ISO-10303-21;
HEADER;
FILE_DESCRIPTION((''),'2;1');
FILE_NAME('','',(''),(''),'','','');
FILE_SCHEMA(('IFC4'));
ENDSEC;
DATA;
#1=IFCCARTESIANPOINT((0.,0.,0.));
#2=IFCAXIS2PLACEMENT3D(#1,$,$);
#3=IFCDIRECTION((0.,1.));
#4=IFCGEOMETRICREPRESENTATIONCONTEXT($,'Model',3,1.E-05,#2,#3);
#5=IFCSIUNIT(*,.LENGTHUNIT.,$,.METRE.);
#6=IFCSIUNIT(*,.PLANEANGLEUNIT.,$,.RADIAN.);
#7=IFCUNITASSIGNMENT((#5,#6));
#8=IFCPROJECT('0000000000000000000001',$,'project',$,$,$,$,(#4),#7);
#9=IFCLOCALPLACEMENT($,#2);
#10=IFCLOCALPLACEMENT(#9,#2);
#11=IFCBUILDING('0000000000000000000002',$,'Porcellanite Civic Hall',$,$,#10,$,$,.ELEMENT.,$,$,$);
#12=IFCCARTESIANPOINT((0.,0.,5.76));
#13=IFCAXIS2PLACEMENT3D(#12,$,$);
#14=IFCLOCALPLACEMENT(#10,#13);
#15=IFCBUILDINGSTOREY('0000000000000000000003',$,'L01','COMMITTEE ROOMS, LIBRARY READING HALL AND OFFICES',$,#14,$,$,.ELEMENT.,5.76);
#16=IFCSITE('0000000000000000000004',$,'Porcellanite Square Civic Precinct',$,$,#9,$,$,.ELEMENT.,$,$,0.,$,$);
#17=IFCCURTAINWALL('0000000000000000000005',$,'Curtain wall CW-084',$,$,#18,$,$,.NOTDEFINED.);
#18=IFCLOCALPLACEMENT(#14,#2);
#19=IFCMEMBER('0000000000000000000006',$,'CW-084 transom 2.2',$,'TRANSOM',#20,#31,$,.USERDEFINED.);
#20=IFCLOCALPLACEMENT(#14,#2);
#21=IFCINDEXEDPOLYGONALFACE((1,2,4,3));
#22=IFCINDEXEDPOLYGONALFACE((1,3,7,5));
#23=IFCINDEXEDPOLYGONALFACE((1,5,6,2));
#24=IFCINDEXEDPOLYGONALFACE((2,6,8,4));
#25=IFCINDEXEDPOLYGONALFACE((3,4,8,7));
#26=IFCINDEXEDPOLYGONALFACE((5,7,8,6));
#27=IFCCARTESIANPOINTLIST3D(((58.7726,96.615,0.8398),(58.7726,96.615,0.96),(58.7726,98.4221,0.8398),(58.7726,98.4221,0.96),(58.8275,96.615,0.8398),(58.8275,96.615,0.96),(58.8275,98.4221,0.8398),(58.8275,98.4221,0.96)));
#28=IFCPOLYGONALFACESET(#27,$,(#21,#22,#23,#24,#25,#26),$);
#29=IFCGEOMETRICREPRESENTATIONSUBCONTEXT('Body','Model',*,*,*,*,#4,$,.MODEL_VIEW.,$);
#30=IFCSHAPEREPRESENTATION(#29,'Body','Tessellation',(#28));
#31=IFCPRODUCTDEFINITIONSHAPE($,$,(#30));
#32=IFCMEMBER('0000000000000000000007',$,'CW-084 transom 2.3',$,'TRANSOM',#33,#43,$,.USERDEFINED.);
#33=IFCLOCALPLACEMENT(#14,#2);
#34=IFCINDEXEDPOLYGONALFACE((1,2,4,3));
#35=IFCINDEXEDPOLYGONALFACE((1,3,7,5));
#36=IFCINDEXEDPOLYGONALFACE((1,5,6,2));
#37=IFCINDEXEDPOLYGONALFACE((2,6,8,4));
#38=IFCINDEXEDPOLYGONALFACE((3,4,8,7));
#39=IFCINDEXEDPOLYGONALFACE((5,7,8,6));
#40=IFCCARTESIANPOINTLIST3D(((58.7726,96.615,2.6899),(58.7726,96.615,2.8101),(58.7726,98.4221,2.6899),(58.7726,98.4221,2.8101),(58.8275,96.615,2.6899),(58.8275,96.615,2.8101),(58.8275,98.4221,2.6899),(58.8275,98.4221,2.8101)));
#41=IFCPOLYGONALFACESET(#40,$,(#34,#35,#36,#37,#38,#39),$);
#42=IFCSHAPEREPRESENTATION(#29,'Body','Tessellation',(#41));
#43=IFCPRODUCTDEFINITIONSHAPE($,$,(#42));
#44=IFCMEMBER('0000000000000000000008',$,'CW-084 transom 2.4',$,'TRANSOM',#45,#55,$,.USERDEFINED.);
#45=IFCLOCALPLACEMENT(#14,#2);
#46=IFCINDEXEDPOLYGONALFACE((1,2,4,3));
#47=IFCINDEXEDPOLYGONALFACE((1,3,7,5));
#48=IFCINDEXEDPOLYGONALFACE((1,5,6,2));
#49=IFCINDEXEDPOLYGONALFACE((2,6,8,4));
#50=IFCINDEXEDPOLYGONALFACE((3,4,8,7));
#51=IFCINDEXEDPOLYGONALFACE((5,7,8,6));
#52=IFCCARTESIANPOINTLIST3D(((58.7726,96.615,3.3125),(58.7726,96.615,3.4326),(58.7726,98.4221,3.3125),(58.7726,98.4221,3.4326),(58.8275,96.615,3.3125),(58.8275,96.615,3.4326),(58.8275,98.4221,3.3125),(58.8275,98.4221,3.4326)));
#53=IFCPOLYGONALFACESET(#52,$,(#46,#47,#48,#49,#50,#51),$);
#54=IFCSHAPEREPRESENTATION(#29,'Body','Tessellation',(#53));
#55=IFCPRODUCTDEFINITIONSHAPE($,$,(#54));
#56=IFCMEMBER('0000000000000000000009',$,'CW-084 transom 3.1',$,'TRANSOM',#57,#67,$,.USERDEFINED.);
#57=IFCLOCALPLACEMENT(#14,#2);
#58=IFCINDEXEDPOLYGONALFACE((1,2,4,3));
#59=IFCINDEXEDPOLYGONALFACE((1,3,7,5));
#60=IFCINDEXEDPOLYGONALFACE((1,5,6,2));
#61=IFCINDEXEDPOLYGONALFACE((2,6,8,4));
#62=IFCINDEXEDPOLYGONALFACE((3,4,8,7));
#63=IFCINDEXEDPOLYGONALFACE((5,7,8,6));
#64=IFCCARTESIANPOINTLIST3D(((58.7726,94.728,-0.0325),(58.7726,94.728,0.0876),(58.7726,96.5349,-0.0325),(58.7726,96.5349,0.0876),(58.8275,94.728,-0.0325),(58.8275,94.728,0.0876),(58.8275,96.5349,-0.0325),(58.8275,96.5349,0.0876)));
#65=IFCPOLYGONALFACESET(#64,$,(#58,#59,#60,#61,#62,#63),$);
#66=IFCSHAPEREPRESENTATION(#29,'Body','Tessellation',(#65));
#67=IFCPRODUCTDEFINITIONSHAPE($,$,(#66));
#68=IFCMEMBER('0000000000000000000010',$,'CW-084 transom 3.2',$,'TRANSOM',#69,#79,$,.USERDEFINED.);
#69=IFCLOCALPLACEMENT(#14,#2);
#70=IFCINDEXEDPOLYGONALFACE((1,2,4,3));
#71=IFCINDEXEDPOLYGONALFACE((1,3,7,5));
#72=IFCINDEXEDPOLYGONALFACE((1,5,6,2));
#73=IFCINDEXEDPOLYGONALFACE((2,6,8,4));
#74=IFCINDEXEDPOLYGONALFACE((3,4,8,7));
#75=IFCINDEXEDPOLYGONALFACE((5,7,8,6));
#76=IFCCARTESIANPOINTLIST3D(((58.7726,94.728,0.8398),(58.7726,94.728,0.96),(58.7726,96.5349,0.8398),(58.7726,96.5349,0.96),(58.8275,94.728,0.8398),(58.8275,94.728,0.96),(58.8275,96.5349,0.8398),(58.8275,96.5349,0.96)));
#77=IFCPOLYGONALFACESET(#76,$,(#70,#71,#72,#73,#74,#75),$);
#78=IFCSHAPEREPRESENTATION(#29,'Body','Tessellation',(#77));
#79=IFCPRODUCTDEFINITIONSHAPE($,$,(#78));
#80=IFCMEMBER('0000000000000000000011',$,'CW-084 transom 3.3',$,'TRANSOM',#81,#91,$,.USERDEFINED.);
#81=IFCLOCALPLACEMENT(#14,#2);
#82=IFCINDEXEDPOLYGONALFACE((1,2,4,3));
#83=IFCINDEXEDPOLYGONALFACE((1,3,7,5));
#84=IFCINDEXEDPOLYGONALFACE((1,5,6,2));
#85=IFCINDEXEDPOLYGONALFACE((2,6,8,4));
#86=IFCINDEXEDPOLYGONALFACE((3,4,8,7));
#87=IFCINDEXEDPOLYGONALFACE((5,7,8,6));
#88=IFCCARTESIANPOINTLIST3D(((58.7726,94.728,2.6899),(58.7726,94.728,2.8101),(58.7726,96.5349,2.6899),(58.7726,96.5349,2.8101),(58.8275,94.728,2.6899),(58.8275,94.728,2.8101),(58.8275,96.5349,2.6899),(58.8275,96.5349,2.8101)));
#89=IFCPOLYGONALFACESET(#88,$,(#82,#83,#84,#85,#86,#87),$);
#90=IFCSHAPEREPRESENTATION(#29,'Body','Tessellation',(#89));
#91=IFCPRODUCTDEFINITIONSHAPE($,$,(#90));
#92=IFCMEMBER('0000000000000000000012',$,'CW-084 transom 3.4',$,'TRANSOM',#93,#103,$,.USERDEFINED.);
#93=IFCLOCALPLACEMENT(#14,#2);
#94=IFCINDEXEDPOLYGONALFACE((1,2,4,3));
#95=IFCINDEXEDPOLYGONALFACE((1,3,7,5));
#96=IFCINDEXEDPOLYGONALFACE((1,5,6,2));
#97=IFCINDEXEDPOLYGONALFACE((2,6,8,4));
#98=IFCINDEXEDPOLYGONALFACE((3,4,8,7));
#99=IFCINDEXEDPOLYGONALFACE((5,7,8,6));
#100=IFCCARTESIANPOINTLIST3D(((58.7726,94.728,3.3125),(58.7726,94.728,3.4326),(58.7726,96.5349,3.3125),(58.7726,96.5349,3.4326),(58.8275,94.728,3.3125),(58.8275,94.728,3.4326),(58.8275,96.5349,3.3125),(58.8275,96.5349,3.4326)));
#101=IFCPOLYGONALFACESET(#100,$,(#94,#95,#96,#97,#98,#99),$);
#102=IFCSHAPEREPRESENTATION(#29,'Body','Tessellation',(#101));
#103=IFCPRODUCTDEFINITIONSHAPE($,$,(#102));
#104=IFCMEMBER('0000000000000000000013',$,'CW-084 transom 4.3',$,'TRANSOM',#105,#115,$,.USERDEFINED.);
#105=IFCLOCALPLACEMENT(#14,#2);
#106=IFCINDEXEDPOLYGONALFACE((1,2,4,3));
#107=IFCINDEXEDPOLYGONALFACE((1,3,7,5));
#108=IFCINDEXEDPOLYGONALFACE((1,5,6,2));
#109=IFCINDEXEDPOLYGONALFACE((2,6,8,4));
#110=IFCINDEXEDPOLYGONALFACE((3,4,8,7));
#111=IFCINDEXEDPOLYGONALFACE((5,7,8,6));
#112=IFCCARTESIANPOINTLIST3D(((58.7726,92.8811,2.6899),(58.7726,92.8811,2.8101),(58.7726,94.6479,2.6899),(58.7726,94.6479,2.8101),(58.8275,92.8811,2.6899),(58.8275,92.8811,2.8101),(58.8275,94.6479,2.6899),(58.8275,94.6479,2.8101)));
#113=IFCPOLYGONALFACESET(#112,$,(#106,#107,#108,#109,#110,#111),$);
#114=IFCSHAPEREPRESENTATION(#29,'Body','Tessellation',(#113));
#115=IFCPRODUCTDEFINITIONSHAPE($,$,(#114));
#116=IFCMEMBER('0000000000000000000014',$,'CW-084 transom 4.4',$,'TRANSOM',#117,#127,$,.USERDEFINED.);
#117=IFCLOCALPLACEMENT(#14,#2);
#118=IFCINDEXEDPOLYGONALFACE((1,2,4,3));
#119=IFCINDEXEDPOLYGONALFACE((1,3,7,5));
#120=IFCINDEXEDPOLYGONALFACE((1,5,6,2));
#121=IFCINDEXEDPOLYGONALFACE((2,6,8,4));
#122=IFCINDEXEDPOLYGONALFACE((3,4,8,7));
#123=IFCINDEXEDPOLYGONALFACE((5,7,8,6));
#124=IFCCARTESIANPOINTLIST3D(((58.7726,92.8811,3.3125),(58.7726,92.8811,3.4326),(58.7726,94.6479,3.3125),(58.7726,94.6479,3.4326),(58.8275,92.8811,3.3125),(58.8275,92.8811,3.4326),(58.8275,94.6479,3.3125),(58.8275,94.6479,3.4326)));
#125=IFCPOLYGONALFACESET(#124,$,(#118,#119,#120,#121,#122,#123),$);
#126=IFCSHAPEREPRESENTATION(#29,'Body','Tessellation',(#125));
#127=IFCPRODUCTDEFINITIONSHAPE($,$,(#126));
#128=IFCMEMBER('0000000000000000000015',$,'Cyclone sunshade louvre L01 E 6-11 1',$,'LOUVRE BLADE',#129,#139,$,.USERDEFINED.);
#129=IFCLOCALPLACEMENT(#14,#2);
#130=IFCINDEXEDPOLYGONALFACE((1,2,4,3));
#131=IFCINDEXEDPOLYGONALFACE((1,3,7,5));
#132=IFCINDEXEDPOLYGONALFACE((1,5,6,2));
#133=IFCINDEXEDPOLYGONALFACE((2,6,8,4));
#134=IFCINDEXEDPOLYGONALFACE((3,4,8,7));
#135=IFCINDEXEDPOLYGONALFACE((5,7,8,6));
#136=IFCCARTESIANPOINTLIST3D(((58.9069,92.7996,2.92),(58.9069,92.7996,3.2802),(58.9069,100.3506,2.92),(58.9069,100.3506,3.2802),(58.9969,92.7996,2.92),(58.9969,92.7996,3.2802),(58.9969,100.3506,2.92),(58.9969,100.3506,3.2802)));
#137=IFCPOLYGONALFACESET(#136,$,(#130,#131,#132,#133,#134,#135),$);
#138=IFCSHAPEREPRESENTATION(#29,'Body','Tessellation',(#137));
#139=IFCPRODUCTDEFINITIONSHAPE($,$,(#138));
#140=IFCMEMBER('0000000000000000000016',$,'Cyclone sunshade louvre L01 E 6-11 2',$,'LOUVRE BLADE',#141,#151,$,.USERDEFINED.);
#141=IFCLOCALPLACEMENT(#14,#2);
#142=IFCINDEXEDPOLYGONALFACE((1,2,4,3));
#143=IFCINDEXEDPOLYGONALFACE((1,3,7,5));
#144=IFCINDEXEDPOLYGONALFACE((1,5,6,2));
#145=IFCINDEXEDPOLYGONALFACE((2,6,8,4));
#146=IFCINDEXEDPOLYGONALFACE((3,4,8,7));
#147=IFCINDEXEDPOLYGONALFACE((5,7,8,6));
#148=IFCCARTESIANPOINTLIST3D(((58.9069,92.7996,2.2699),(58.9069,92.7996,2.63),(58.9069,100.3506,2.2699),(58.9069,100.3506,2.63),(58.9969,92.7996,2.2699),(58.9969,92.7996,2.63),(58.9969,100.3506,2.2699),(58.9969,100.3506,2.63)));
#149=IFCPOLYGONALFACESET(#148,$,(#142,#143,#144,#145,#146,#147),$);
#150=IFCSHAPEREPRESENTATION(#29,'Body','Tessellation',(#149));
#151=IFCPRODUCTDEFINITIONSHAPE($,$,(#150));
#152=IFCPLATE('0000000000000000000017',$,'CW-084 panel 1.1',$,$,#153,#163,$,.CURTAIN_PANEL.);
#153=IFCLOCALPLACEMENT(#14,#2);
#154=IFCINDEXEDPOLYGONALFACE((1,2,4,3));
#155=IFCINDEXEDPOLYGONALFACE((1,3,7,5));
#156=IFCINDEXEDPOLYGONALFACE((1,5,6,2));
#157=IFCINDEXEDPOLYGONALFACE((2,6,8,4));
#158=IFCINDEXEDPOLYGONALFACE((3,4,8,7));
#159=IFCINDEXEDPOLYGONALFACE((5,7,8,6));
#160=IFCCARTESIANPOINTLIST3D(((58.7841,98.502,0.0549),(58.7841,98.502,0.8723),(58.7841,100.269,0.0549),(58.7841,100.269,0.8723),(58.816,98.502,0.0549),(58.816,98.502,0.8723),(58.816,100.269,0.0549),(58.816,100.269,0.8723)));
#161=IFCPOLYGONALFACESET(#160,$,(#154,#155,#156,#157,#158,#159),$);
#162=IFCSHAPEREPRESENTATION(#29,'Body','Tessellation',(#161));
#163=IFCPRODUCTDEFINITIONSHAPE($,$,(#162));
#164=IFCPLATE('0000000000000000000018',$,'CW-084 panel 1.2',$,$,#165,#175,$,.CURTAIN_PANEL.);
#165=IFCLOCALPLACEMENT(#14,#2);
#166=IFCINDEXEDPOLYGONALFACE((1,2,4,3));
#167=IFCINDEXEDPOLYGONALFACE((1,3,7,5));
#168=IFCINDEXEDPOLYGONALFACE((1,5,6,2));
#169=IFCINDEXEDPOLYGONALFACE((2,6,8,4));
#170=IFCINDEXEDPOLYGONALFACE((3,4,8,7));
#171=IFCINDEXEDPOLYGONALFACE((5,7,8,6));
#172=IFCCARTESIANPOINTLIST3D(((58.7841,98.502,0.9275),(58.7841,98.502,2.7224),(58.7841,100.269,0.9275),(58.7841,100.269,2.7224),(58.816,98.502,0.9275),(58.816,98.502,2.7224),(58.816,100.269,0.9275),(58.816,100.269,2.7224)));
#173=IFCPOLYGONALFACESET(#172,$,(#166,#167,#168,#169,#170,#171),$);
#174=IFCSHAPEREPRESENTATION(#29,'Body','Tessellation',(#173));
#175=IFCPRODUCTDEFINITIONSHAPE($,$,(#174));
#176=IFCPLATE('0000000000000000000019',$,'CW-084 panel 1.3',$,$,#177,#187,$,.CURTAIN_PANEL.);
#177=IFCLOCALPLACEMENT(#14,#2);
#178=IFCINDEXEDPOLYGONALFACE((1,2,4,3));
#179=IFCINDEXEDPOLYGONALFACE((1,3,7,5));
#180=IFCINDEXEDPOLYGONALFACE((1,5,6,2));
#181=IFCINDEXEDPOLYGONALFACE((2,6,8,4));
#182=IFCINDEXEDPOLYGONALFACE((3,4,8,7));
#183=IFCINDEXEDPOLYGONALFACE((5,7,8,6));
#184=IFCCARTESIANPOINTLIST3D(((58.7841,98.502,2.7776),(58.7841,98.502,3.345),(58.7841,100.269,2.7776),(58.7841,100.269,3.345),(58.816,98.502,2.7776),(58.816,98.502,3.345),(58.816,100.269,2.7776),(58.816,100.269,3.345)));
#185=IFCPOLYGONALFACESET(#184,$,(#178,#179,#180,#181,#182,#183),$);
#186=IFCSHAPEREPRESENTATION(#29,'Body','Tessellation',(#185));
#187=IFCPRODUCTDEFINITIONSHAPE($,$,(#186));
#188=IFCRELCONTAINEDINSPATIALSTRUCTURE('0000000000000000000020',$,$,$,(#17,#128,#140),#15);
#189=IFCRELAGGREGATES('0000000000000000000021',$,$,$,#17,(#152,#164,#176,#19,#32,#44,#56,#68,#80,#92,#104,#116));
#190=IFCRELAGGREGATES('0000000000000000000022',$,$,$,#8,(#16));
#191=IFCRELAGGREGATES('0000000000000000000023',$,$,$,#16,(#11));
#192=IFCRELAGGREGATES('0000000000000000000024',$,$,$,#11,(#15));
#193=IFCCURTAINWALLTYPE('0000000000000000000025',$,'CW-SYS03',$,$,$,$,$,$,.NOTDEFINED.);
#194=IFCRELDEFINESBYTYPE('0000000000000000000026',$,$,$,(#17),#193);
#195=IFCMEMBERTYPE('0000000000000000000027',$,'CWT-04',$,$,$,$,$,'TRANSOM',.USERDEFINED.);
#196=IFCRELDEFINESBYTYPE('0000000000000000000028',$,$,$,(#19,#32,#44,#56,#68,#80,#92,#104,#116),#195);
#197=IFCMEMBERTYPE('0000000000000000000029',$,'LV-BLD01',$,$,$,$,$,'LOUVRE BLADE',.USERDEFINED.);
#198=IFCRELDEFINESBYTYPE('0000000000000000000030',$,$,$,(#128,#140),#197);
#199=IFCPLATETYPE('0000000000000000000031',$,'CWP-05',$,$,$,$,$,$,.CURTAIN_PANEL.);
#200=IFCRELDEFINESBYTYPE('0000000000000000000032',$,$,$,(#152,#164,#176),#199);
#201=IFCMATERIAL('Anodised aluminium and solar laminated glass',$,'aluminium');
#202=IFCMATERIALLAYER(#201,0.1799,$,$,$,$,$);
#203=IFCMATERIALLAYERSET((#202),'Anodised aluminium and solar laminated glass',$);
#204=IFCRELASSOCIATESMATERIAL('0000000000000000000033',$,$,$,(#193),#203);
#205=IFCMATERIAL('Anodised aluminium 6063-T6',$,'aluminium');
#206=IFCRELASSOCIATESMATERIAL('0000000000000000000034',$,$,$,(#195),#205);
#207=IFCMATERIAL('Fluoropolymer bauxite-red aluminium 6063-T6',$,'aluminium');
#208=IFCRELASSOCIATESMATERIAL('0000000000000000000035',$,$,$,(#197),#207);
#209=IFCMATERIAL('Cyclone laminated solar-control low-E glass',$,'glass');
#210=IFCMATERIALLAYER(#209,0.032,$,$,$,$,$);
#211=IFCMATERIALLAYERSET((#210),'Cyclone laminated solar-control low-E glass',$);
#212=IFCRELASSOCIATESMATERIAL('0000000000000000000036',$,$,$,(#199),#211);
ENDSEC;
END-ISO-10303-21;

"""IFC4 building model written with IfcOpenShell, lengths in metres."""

from ifc_helpers import new_model, si_unit, direction, frame, origin, origin_2d, place, context, subcontext, project, spatial, rectangle, extrude, material, layer, layer_set, material_profile, profile_set, type_object, element, aggregate, save


model = new_model("IFC4")

# Units and contexts
model_context = context("Model", 3, precision=1e-05, world=origin(), true_north=direction((0.0, 1.0)))
body_context = subcontext(model_context, "Body", "Model", "MODEL_VIEW")
ifc_project = project(units=[si_unit("LENGTHUNIT", "METRE"), si_unit("PLANEANGLEUNIT", "RADIAN")], contexts=[model_context])

# Site, building, storey
site_placement = place(None, origin())
site = spatial("IfcSite", under=ifc_project, at=site_placement, Name="Porcellanite Square Civic Precinct", CompositionType="ELEMENT", RefElevation=0.0)
building_placement = place(site_placement, origin())
building = spatial("IfcBuilding", under=site, at=building_placement, Name="Porcellanite Civic Hall", CompositionType="ELEMENT")
storey_placement = place(building_placement, frame((0.0, 0.0, 5.76)))
storey = spatial("IfcBuildingStorey", under=building, at=storey_placement, Name="L01", Description="COMMITTEE ROOMS, LIBRARY READING HALL AND OFFICES", CompositionType="ELEMENT", Elevation=5.76)

# Curtain wall
ifc_material_1 = material(Name="Anodised aluminium and solar laminated glass", Category="aluminium")
ifc_layer_1 = layer(ifc_material_1, 0.1799)
ifc_layer_set_1 = layer_set([ifc_layer_1], Name="Anodised aluminium and solar laminated glass")
curtain_wall_type_1 = type_object("IfcCurtainWallType", Name="CW-SYS03", PredefinedType="NOTDEFINED", material=ifc_layer_set_1)
curtain_wall_1_placement = place(storey_placement, origin())
curtain_wall_1 = element("IfcCurtainWall", 1, at=curtain_wall_1_placement, inside=storey, type_object=curtain_wall_type_1, Name="Curtain wall CW-084", PredefinedType="NOTDEFINED")

# Members
ifc_material_2 = material(Name="Anodised aluminium 6063-T6", Category="aluminium")
ifc_material_profile_1 = material_profile(ifc_material_2, rectangle(XDim=0.0549, YDim=0.1201, at=origin_2d()), Name="AL-55x120")
ifc_profile_set_1 = profile_set([ifc_material_profile_1], Name="Anodised aluminium 6063-T6")
member_type_1 = type_object("IfcMemberType", Name="CWT-04", ElementType="TRANSOM", PredefinedType="USERDEFINED", material=ifc_profile_set_1)
member_1_placement = place(storey_placement, frame((58.8, 98.4221, 0.8999), z_axis=(0.0, -1.0, 0.0), x_axis=(1.0, 0.0, 0.0)))
member_1 = element("IfcMember", 2, at=member_1_placement, type_object=member_type_1, Name="CW-084 transom 2.2", ObjectType="TRANSOM", PredefinedType="USERDEFINED", context=body_context, shape_type="SweptSolid", body=[
    extrude(rectangle(XDim=0.0549, YDim=0.1201, at=origin_2d()), origin(), (0.0, 0.0, 1.0), 1.8071),
])
member_2_placement = place(storey_placement, frame((58.8, 98.4221, 2.75), z_axis=(0.0, -1.0, 0.0), x_axis=(1.0, 0.0, 0.0)))
member_2 = element("IfcMember", 3, at=member_2_placement, type_object=member_type_1, Name="CW-084 transom 2.3", ObjectType="TRANSOM", PredefinedType="USERDEFINED", context=body_context, shape_type="SweptSolid", body=[
    extrude(rectangle(XDim=0.0549, YDim=0.1201, at=origin_2d()), origin(), (0.0, 0.0, 1.0), 1.8071),
])
member_3_placement = place(storey_placement, frame((58.8, 98.4221, 3.3726), z_axis=(0.0, -1.0, 0.0), x_axis=(1.0, 0.0, 0.0)))
member_3 = element("IfcMember", 4, at=member_3_placement, type_object=member_type_1, Name="CW-084 transom 2.4", ObjectType="TRANSOM", PredefinedType="USERDEFINED", context=body_context, shape_type="SweptSolid", body=[
    extrude(rectangle(XDim=0.0549, YDim=0.1201, at=origin_2d()), origin(), (0.0, 0.0, 1.0), 1.8071),
])
member_4_placement = place(storey_placement, frame((58.8, 96.5349, 0.0276), z_axis=(0.0, -1.0, 0.0), x_axis=(1.0, 0.0, 0.0)))
member_4 = element("IfcMember", 5, at=member_4_placement, type_object=member_type_1, Name="CW-084 transom 3.1", ObjectType="TRANSOM", PredefinedType="USERDEFINED", context=body_context, shape_type="SweptSolid", body=[
    extrude(rectangle(XDim=0.0549, YDim=0.1201, at=origin_2d()), origin(), (0.0, 0.0, 1.0), 1.8069),
])
member_5_placement = place(storey_placement, frame((58.8, 96.5349, 0.8999), z_axis=(0.0, -1.0, 0.0), x_axis=(1.0, 0.0, 0.0)))
member_5 = element("IfcMember", 6, at=member_5_placement, type_object=member_type_1, Name="CW-084 transom 3.2", ObjectType="TRANSOM", PredefinedType="USERDEFINED", context=body_context, shape_type="SweptSolid", body=[
    extrude(rectangle(XDim=0.0549, YDim=0.1201, at=origin_2d()), origin(), (0.0, 0.0, 1.0), 1.8069),
])
member_6_placement = place(storey_placement, frame((58.8, 96.5349, 2.75), z_axis=(0.0, -1.0, 0.0), x_axis=(1.0, 0.0, 0.0)))
member_6 = element("IfcMember", 7, at=member_6_placement, type_object=member_type_1, Name="CW-084 transom 3.3", ObjectType="TRANSOM", PredefinedType="USERDEFINED", context=body_context, shape_type="SweptSolid", body=[
    extrude(rectangle(XDim=0.0549, YDim=0.1201, at=origin_2d()), origin(), (0.0, 0.0, 1.0), 1.8069),
])
member_7_placement = place(storey_placement, frame((58.8, 96.5349, 3.3726), z_axis=(0.0, -1.0, 0.0), x_axis=(1.0, 0.0, 0.0)))
member_7 = element("IfcMember", 8, at=member_7_placement, type_object=member_type_1, Name="CW-084 transom 3.4", ObjectType="TRANSOM", PredefinedType="USERDEFINED", context=body_context, shape_type="SweptSolid", body=[
    extrude(rectangle(XDim=0.0549, YDim=0.1201, at=origin_2d()), origin(), (0.0, 0.0, 1.0), 1.8069),
])
member_8_placement = place(storey_placement, frame((58.8, 94.6479, 2.75), z_axis=(0.0, -1.0, 0.0), x_axis=(1.0, 0.0, 0.0)))
member_8 = element("IfcMember", 9, at=member_8_placement, type_object=member_type_1, Name="CW-084 transom 4.3", ObjectType="TRANSOM", PredefinedType="USERDEFINED", context=body_context, shape_type="SweptSolid", body=[
    extrude(rectangle(XDim=0.0549, YDim=0.1201, at=origin_2d()), origin(), (0.0, 0.0, 1.0), 1.7668),
])
member_9_placement = place(storey_placement, frame((58.8, 94.6479, 3.3726), z_axis=(0.0, -1.0, 0.0), x_axis=(1.0, 0.0, 0.0)))
member_9 = element("IfcMember", 10, at=member_9_placement, type_object=member_type_1, Name="CW-084 transom 4.4", ObjectType="TRANSOM", PredefinedType="USERDEFINED", context=body_context, shape_type="SweptSolid", body=[
    extrude(rectangle(XDim=0.0549, YDim=0.1201, at=origin_2d()), origin(), (0.0, 0.0, 1.0), 1.7668),
])

# Members
ifc_material_3 = material(Name="Fluoropolymer bauxite-red aluminium 6063-T6", Category="aluminium")
ifc_material_profile_2 = material_profile(ifc_material_3, rectangle(XDim=0.0901, YDim=0.3601, at=origin_2d()), Name="AL-90x360")
ifc_profile_set_2 = profile_set([ifc_material_profile_2], Name="Fluoropolymer bauxite-red aluminium 6063-T6")
member_type_2 = type_object("IfcMemberType", Name="LV-BLD01", ElementType="LOUVRE BLADE", PredefinedType="USERDEFINED", material=ifc_profile_set_2)
for number, where, z_axis, x_axis, name in (
    (11, (58.9519, 100.3506, 3.1001), (0.0, -1.0, 0.0), (1.0, 0.0, 0.0), "Cyclone sunshade louvre L01 E 6-11 1"),
    (12, (58.9519, 100.3506, 2.45), (0.0, -1.0, 0.0), (1.0, 0.0, 0.0), "Cyclone sunshade louvre L01 E 6-11 2"),
):
    element("IfcMember", number, at=place(storey_placement, frame(where, z_axis=z_axis, x_axis=x_axis)), inside=storey, type_object=member_type_2, Name=name, ObjectType="LOUVRE BLADE", PredefinedType="USERDEFINED", context=body_context, shape_type="SweptSolid", body=[
        extrude(rectangle(XDim=0.0901, YDim=0.3601, at=origin_2d()), origin(), (0.0, 0.0, 1.0), 7.551),
    ])

# Plates
ifc_material_4 = material(Name="Cyclone laminated solar-control low-E glass", Category="glass")
ifc_layer_2 = layer(ifc_material_4, 0.032)
ifc_layer_set_2 = layer_set([ifc_layer_2], Name="Cyclone laminated solar-control low-E glass")
plate_type_1 = type_object("IfcPlateType", Name="CWP-05", PredefinedType="CURTAIN_PANEL", material=ifc_layer_set_2)
plate_1_placement = place(storey_placement, frame((58.8, 99.3855, 0.0549), z_axis=(0.0, 0.0, 1.0), x_axis=(0.0, -1.0, 0.0)))
plate_1 = element("IfcPlate", 13, at=plate_1_placement, type_object=plate_type_1, Name="CW-084 panel 1.1", PredefinedType="CURTAIN_PANEL", context=body_context, shape_type="SweptSolid", body=[
    extrude(rectangle(XDim=1.7671, YDim=0.032, at=origin_2d()), origin(), (0.0, 0.0, 1.0), 0.8174),
])
plate_2_placement = place(storey_placement, frame((58.8, 99.3855, 0.9275), z_axis=(0.0, 0.0, 1.0), x_axis=(0.0, -1.0, 0.0)))
plate_2 = element("IfcPlate", 14, at=plate_2_placement, type_object=plate_type_1, Name="CW-084 panel 1.2", PredefinedType="CURTAIN_PANEL", context=body_context, shape_type="SweptSolid", body=[
    extrude(rectangle(XDim=1.7671, YDim=0.032, at=origin_2d()), origin(), (0.0, 0.0, 1.0), 1.7949),
])
plate_3_placement = place(storey_placement, frame((58.8, 99.3855, 2.7776), z_axis=(0.0, 0.0, 1.0), x_axis=(0.0, -1.0, 0.0)))
plate_3 = element("IfcPlate", 15, at=plate_3_placement, type_object=plate_type_1, Name="CW-084 panel 1.3", PredefinedType="CURTAIN_PANEL", context=body_context, shape_type="SweptSolid", body=[
    extrude(rectangle(XDim=1.7671, YDim=0.032, at=origin_2d()), origin(), (0.0, 0.0, 1.0), 0.5674),
])
aggregate(curtain_wall_1, [plate_1, plate_2, plate_3, member_1, member_2, member_3, member_4, member_5, member_6, member_7, member_8, member_9])

save(model, "model.ifc")
